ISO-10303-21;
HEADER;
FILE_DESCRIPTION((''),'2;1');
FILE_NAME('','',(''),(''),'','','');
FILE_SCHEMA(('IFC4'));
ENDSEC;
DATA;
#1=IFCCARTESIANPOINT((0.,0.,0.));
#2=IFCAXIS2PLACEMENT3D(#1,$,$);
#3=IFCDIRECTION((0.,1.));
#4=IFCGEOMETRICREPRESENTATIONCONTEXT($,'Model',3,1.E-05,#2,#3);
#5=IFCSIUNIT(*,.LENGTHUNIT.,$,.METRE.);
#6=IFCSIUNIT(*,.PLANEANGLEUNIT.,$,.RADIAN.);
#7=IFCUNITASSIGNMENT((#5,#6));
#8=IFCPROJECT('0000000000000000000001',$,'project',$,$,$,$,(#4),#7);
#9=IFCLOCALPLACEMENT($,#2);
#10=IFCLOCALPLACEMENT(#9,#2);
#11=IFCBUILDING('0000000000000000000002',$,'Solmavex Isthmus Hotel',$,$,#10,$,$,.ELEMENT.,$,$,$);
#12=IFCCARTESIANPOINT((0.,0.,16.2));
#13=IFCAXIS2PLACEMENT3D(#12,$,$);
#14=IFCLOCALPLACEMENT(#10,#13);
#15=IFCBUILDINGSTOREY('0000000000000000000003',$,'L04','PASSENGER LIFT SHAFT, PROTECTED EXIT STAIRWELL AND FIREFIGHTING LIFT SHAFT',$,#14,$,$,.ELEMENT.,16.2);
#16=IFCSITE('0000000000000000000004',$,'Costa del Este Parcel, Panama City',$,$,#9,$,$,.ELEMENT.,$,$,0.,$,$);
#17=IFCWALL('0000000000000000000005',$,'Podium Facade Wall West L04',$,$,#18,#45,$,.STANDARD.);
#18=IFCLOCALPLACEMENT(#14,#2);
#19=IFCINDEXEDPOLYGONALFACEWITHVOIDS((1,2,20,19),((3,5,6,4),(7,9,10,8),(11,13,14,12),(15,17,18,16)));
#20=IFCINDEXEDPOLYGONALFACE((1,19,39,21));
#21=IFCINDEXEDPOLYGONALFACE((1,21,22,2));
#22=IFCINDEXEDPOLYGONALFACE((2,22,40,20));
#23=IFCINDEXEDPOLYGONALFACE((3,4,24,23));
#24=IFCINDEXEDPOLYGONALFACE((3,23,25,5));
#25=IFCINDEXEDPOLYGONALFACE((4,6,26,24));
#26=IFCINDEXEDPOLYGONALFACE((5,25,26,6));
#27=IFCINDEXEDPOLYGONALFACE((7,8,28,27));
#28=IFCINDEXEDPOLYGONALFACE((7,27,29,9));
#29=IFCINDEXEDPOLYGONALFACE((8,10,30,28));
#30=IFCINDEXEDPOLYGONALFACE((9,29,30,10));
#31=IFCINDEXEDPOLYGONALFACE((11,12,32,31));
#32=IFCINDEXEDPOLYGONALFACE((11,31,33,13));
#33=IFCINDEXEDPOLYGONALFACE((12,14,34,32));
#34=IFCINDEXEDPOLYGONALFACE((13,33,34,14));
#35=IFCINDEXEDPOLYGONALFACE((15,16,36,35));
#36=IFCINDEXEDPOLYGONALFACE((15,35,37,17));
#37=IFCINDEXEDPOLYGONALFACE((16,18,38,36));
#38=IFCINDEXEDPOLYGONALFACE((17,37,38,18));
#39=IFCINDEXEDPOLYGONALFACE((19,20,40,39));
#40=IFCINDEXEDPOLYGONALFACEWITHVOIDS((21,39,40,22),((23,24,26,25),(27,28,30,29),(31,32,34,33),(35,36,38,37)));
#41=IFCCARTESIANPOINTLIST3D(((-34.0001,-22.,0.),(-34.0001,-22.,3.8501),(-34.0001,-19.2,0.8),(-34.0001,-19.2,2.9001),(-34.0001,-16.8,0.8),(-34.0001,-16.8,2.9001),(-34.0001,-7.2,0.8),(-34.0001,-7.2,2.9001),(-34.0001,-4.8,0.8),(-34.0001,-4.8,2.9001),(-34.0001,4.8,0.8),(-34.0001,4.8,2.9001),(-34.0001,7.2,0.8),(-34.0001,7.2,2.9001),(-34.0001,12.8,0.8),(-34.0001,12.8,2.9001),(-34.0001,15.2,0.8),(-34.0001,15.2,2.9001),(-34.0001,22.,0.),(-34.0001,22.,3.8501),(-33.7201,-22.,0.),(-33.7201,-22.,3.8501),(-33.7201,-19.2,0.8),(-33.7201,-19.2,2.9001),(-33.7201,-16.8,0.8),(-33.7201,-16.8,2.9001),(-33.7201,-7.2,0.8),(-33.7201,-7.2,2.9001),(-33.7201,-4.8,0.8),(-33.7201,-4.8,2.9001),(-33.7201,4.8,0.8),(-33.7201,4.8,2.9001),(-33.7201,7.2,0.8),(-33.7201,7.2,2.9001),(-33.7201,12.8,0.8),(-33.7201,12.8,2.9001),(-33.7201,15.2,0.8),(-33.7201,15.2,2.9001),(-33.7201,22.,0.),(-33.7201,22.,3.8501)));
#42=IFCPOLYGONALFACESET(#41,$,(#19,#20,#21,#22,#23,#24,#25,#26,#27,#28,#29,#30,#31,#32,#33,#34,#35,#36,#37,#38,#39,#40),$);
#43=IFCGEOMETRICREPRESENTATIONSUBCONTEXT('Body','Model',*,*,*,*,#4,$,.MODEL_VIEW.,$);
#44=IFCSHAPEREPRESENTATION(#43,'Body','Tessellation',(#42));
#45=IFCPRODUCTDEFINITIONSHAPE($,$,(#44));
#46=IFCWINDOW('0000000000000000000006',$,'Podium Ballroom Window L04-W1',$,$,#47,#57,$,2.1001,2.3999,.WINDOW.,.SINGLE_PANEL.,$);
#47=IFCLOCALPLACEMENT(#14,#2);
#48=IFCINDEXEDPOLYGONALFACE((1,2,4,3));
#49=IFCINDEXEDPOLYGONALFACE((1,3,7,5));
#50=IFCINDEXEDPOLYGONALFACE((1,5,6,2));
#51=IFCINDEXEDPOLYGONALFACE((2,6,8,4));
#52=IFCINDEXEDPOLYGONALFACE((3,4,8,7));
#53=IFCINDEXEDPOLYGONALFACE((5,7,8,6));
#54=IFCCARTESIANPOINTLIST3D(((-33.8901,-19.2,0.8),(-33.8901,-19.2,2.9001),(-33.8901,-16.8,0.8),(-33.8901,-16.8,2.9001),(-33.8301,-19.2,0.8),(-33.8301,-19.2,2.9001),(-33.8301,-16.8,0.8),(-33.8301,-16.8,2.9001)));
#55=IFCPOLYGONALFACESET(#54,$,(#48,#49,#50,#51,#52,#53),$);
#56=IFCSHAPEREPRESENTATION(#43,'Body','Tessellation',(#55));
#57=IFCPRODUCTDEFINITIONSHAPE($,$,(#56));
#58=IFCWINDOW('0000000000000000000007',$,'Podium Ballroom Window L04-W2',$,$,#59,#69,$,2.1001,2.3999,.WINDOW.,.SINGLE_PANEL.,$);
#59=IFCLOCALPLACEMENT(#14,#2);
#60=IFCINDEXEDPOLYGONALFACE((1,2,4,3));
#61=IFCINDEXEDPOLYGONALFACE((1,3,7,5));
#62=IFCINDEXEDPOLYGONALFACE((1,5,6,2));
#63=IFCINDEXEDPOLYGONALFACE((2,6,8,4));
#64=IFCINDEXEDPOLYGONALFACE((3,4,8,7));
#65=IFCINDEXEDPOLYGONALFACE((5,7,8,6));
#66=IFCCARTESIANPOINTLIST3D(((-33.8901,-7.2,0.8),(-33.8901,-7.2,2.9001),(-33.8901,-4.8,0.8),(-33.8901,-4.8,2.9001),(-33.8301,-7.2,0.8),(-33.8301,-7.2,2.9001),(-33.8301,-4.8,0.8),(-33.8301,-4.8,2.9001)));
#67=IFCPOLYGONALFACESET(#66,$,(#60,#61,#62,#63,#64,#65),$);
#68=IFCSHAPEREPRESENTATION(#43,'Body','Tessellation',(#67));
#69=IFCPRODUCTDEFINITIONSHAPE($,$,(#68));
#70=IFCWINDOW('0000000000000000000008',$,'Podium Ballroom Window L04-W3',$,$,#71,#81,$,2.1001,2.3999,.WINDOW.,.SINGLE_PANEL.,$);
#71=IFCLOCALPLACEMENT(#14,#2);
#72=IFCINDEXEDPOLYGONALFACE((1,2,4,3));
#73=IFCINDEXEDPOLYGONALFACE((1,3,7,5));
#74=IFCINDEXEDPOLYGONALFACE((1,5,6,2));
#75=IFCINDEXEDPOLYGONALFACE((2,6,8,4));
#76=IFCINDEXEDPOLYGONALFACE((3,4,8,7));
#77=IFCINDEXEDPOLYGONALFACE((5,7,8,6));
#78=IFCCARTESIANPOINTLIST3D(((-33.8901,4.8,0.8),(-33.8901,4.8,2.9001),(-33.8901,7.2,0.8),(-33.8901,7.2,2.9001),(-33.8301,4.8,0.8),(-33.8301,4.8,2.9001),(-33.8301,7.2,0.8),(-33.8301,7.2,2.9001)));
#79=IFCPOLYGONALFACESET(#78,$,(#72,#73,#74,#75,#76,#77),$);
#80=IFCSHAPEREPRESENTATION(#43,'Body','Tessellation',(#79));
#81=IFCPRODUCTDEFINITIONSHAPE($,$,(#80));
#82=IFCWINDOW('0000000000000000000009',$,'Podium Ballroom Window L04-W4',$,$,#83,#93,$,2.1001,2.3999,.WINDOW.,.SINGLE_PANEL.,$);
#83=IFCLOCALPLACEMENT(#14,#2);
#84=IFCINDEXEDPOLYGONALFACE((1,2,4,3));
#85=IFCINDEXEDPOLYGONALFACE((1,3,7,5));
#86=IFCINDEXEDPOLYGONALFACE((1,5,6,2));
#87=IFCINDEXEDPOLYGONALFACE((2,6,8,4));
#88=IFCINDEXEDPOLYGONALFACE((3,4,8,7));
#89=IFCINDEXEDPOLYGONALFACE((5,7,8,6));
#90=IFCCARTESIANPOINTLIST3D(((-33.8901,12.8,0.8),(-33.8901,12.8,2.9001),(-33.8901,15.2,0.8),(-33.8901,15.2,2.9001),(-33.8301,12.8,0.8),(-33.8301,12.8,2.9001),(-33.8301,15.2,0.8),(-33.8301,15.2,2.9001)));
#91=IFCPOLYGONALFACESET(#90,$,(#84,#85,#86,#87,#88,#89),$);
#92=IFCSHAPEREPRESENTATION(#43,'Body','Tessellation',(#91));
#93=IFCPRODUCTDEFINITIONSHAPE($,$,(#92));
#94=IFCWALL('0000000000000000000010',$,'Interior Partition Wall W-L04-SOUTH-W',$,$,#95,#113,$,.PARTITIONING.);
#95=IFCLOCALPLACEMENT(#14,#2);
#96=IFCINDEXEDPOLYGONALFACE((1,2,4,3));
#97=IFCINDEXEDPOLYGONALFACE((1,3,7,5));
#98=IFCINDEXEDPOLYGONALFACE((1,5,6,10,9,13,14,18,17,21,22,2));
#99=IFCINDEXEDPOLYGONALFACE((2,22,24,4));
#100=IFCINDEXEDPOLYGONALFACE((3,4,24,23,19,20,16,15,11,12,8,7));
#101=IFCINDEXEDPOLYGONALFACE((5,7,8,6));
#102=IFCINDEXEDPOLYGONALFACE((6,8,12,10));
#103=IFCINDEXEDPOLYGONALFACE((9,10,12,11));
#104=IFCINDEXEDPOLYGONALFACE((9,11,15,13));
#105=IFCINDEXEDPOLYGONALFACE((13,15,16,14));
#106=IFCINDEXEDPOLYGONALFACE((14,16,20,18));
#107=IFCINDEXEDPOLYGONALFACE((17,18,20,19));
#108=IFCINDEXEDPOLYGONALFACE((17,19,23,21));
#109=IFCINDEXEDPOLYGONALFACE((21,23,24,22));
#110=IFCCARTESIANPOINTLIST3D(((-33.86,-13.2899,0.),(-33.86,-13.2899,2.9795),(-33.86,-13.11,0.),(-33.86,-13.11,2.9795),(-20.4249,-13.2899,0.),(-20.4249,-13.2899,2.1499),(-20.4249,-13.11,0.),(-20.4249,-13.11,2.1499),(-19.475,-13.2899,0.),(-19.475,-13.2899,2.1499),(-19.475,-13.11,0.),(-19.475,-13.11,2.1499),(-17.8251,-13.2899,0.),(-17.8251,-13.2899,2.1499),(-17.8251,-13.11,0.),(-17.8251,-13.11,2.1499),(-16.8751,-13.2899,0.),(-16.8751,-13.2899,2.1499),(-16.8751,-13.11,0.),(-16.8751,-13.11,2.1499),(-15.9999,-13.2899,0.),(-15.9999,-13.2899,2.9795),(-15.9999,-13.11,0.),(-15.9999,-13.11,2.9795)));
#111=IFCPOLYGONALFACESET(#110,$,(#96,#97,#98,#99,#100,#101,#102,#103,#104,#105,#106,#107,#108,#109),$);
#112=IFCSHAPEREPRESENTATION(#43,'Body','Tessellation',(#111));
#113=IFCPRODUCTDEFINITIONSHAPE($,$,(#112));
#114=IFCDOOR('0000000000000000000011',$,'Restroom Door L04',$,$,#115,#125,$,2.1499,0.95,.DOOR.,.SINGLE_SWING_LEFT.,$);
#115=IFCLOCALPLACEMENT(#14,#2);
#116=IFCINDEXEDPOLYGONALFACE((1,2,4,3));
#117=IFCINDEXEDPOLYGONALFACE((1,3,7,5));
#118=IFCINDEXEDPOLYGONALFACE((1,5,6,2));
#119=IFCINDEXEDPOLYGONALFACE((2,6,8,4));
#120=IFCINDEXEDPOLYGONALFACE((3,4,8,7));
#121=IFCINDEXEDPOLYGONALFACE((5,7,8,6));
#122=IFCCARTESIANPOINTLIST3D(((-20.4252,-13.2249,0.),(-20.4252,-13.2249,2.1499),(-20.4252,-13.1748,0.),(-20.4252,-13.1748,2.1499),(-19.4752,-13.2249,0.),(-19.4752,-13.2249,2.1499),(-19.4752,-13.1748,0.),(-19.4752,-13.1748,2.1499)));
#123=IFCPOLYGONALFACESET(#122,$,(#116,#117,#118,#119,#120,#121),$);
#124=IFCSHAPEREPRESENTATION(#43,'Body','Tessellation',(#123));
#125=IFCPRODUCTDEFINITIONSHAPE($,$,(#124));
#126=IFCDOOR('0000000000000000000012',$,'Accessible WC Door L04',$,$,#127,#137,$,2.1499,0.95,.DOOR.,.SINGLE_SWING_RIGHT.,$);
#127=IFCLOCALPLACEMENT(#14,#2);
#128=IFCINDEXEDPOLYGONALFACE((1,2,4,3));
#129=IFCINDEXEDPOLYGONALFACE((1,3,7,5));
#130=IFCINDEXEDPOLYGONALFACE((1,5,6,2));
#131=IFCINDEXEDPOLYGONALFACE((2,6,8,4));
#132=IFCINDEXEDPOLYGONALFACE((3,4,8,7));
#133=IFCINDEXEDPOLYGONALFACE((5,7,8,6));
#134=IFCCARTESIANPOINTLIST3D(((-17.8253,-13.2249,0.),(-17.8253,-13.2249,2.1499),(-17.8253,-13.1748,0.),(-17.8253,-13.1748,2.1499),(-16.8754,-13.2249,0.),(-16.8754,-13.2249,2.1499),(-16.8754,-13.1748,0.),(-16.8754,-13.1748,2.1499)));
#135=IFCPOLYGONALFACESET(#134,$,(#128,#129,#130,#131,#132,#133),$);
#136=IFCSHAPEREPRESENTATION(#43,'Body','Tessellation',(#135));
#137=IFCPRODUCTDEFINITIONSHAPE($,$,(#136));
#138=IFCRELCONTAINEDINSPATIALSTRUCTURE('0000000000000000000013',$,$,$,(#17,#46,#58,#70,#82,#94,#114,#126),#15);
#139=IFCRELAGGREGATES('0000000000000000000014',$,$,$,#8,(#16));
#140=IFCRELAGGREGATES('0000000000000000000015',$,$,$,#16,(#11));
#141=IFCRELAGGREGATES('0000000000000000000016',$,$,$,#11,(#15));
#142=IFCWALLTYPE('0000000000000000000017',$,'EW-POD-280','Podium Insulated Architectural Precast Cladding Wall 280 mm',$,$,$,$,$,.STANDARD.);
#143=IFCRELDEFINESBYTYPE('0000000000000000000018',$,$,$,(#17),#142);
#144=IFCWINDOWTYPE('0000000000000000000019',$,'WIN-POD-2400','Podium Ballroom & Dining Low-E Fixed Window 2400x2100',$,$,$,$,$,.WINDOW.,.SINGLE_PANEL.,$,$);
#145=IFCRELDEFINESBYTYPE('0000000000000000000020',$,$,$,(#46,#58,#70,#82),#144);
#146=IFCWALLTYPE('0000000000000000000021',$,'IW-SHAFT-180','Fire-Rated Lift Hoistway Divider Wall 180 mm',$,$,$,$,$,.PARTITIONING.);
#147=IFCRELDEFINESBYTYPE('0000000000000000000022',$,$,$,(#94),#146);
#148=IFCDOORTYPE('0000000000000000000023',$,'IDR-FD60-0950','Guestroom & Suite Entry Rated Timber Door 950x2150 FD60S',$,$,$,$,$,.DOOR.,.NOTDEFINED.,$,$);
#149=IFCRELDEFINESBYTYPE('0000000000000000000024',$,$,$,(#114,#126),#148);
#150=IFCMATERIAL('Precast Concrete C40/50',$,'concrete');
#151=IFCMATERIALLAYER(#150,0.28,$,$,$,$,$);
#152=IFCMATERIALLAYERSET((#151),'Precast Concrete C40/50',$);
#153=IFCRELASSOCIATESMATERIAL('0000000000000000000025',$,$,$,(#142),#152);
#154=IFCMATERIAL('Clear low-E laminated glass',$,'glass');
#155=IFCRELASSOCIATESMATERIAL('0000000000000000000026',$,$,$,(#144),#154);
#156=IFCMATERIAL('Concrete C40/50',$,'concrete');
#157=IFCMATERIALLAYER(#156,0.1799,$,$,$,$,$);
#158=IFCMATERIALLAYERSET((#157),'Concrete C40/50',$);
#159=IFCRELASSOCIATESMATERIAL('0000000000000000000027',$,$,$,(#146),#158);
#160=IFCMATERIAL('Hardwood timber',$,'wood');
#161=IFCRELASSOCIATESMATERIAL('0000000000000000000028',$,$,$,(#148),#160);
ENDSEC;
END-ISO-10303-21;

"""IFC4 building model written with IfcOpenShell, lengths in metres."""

from ifc_helpers import new_model, si_unit, direction, frame, frame_2d, origin, place, context, subcontext, project, spatial, rectangle, extrude, material, layer, layer_set, type_object, element, fill, save


model = new_model("IFC4")

# Units and contexts
model_context = context("Model", 3, precision=1e-05, world=origin(), true_north=direction((0.0, 1.0)))
body_context = subcontext(model_context, "Body", "Model", "MODEL_VIEW")
ifc_project = project(units=[si_unit("LENGTHUNIT", "METRE"), si_unit("PLANEANGLEUNIT", "RADIAN")], contexts=[model_context])

# Site, building, storey
site_placement = place(None, origin())
site = spatial("IfcSite", under=ifc_project, at=site_placement, Name="Costa del Este Parcel, Panama City", CompositionType="ELEMENT", RefElevation=0.0)
building_placement = place(site_placement, origin())
building = spatial("IfcBuilding", under=site, at=building_placement, Name="Solmavex Isthmus Hotel", CompositionType="ELEMENT")
storey_placement = place(building_placement, frame((0.0, 0.0, 16.2)))
storey = spatial("IfcBuildingStorey", under=building, at=storey_placement, Name="L04", Description="PASSENGER LIFT SHAFT, PROTECTED EXIT STAIRWELL AND FIREFIGHTING LIFT SHAFT", CompositionType="ELEMENT", Elevation=16.2)

# Shared definitions
ifc_material_1 = material(Name="Precast Concrete C40/50", Category="concrete")
ifc_layer_1 = layer(ifc_material_1, 0.28)
ifc_layer_set_1 = layer_set([ifc_layer_1], Name="Precast Concrete C40/50")
wall_type_1 = type_object("IfcWallType", Name="EW-POD-280", Description="Podium Insulated Architectural Precast Cladding Wall 280 mm", PredefinedType="STANDARD", material=ifc_layer_set_1)

# Wall, openings, windows
wall_1_placement = place(storey_placement, frame((-33.8601, -22.0, 0.0), z_axis=(0.0, 0.0, 1.0), x_axis=(0.0, 1.0, 0.0)))
wall_1 = element("IfcWall", 1, at=wall_1_placement, inside=storey, type_object=wall_type_1, Name="Podium Facade Wall West L04", PredefinedType="STANDARD", context=body_context, shape_type="SweptSolid", body=[
    extrude(rectangle(XDim=44.0, YDim=0.28, at=frame_2d((22.0, 0.0))), origin(), (0.0, 0.0, 1.0), 3.8501),
])
opening_1_placement = place(wall_1_placement, frame((2.8, 0.0, 0.8)))
opening_1 = element("IfcOpeningElement", 2, at=opening_1_placement, cuts=wall_1, PredefinedType="OPENING", context=body_context, shape_type="SweptSolid", body=[
    extrude(rectangle(XDim=2.3999, YDim=2.1001, at=frame_2d((1.2, 1.05))), frame((0.0, 0.1499, 0.0), z_axis=(0.0, -1.0, 0.0), x_axis=(1.0, 0.0, 0.0)), (0.0, 0.0, 1.0), 0.3),
])
opening_2_placement = place(wall_1_placement, frame((14.8, 0.0, 0.8)))
opening_2 = element("IfcOpeningElement", 3, at=opening_2_placement, cuts=wall_1, PredefinedType="OPENING", context=body_context, shape_type="SweptSolid", body=[
    extrude(rectangle(XDim=2.3999, YDim=2.1001, at=frame_2d((1.2, 1.05))), frame((0.0, 0.1499, 0.0), z_axis=(0.0, -1.0, 0.0), x_axis=(1.0, 0.0, 0.0)), (0.0, 0.0, 1.0), 0.3),
])
opening_3_placement = place(wall_1_placement, frame((26.8, 0.0, 0.8)))
opening_3 = element("IfcOpeningElement", 4, at=opening_3_placement, cuts=wall_1, PredefinedType="OPENING", context=body_context, shape_type="SweptSolid", body=[
    extrude(rectangle(XDim=2.3999, YDim=2.1001, at=frame_2d((1.2, 1.05))), frame((0.0, 0.1499, 0.0), z_axis=(0.0, -1.0, 0.0), x_axis=(1.0, 0.0, 0.0)), (0.0, 0.0, 1.0), 0.3),
])
opening_4_placement = place(wall_1_placement, frame((34.8, 0.0, 0.8)))
opening_4 = element("IfcOpeningElement", 5, at=opening_4_placement, cuts=wall_1, PredefinedType="OPENING", context=body_context, shape_type="SweptSolid", body=[
    extrude(rectangle(XDim=2.3999, YDim=2.1001, at=frame_2d((1.2, 1.05))), frame((0.0, 0.1499, 0.0), z_axis=(0.0, -1.0, 0.0), x_axis=(1.0, 0.0, 0.0)), (0.0, 0.0, 1.0), 0.3),
])
ifc_material_2 = material(Name="Clear low-E laminated glass", Category="glass")
window_type = type_object("IfcWindowType", Name="WIN-POD-2400", Description="Podium Ballroom & Dining Low-E Fixed Window 2400x2100", PartitioningType="SINGLE_PANEL", PredefinedType="WINDOW", material=ifc_material_2)
window_1_placement = place(opening_1_placement, origin())
window_1 = element("IfcWindow", 6, at=window_1_placement, inside=storey, type_object=window_type, Name="Podium Ballroom Window L04-W1", OverallHeight=2.1001, OverallWidth=2.3999, PartitioningType="SINGLE_PANEL", PredefinedType="WINDOW", context=body_context, shape_type="SweptSolid", body=[
    extrude(rectangle(XDim=2.3999, YDim=2.1001, at=frame_2d((1.2, 1.05))), frame((0.0, 0.03, 0.0), z_axis=(0.0, -1.0, 0.0), x_axis=(1.0, 0.0, 0.0)), (0.0, 0.0, 1.0), 0.0601),
])
fill(opening_1, window_1)
window_2_placement = place(opening_2_placement, origin())
window_2 = element("IfcWindow", 7, at=window_2_placement, inside=storey, type_object=window_type, Name="Podium Ballroom Window L04-W2", OverallHeight=2.1001, OverallWidth=2.3999, PartitioningType="SINGLE_PANEL", PredefinedType="WINDOW", context=body_context, shape_type="SweptSolid", body=[
    extrude(rectangle(XDim=2.3999, YDim=2.1001, at=frame_2d((1.2, 1.05))), frame((0.0, 0.03, 0.0), z_axis=(0.0, -1.0, 0.0), x_axis=(1.0, 0.0, 0.0)), (0.0, 0.0, 1.0), 0.0601),
])
fill(opening_2, window_2)
window_3_placement = place(opening_3_placement, origin())
window_3 = element("IfcWindow", 8, at=window_3_placement, inside=storey, type_object=window_type, Name="Podium Ballroom Window L04-W3", OverallHeight=2.1001, OverallWidth=2.3999, PartitioningType="SINGLE_PANEL", PredefinedType="WINDOW", context=body_context, shape_type="SweptSolid", body=[
    extrude(rectangle(XDim=2.3999, YDim=2.1001, at=frame_2d((1.2, 1.05))), frame((0.0, 0.03, 0.0), z_axis=(0.0, -1.0, 0.0), x_axis=(1.0, 0.0, 0.0)), (0.0, 0.0, 1.0), 0.0601),
])
fill(opening_3, window_3)
window_4_placement = place(opening_4_placement, origin())
window_4 = element("IfcWindow", 9, at=window_4_placement, inside=storey, type_object=window_type, Name="Podium Ballroom Window L04-W4", OverallHeight=2.1001, OverallWidth=2.3999, PartitioningType="SINGLE_PANEL", PredefinedType="WINDOW", context=body_context, shape_type="SweptSolid", body=[
    extrude(rectangle(XDim=2.3999, YDim=2.1001, at=frame_2d((1.2, 1.05))), frame((0.0, 0.03, 0.0), z_axis=(0.0, -1.0, 0.0), x_axis=(1.0, 0.0, 0.0)), (0.0, 0.0, 1.0), 0.0601),
])
fill(opening_4, window_4)

# Wall, openings, doors
ifc_material_3 = material(Name="Concrete C40/50", Category="concrete")
ifc_layer_2 = layer(ifc_material_3, 0.1799)
ifc_layer_set_2 = layer_set([ifc_layer_2], Name="Concrete C40/50")
wall_type_2 = type_object("IfcWallType", Name="IW-SHAFT-180", Description="Fire-Rated Lift Hoistway Divider Wall 180 mm", PredefinedType="PARTITIONING", material=ifc_layer_set_2)
wall_2_placement = place(storey_placement, frame((-33.8601, -13.2, 0.0), z_axis=(0.0, 0.0, 1.0), x_axis=(1.0, 0.0, 0.0)))
wall_2 = element("IfcWall", 10, at=wall_2_placement, inside=storey, type_object=wall_type_2, Name="Interior Partition Wall W-L04-SOUTH-W", PredefinedType="PARTITIONING", context=body_context, shape_type="SweptSolid", body=[
    extrude(rectangle(XDim=17.8601, YDim=0.1799, at=frame_2d((8.9302, 0.0))), origin(), (0.0, 0.0, 1.0), 2.9795),
])
opening_5_placement = place(wall_2_placement, frame((13.4351, 0.0, 0.0)))
opening_5 = element("IfcOpeningElement", 11, at=opening_5_placement, cuts=wall_2, PredefinedType="OPENING", context=body_context, shape_type="SweptSolid", body=[
    extrude(rectangle(XDim=0.95, YDim=2.1499, at=frame_2d((0.4751, 1.075))), frame((0.0, 0.0999, 0.0), z_axis=(0.0, -1.0, 0.0), x_axis=(1.0, 0.0, 0.0)), (0.0, 0.0, 1.0), 0.2),
])
opening_6_placement = place(wall_2_placement, frame((16.0349, 0.0, 0.0)))
opening_6 = element("IfcOpeningElement", 12, at=opening_6_placement, cuts=wall_2, PredefinedType="OPENING", context=body_context, shape_type="SweptSolid", body=[
    extrude(rectangle(XDim=0.95, YDim=2.1499, at=frame_2d((0.4751, 1.075))), frame((0.0, 0.0999, 0.0), z_axis=(0.0, -1.0, 0.0), x_axis=(1.0, 0.0, 0.0)), (0.0, 0.0, 1.0), 0.2),
])
ifc_material_4 = material(Name="Hardwood timber", Category="wood")
door_type = type_object("IfcDoorType", Name="IDR-FD60-0950", Description="Guestroom & Suite Entry Rated Timber Door 950x2150 FD60S", OperationType="NOTDEFINED", PredefinedType="DOOR", material=ifc_material_4)
door_1_placement = place(opening_5_placement, frame((0.95, 0.0, 0.0), z_axis=(0.0, 0.0, 1.0), x_axis=(-1.0, 0.0, 0.0)))
door_1 = element("IfcDoor", 13, at=door_1_placement, inside=storey, type_object=door_type, Name="Restroom Door L04", OperationType="SINGLE_SWING_LEFT", OverallHeight=2.1499, OverallWidth=0.95, PredefinedType="DOOR", context=body_context, shape_type="SweptSolid", body=[
    extrude(rectangle(XDim=0.95, YDim=2.1499, at=frame_2d((0.4751, 1.075))), frame((0.0, 0.0249, 0.0), z_axis=(0.0, -1.0, 0.0), x_axis=(1.0, 0.0, 0.0)), (0.0, 0.0, 1.0), 0.05),
])
fill(opening_5, door_1)
door_2_placement = place(opening_6_placement, frame((0.95, 0.0, 0.0), z_axis=(0.0, 0.0, 1.0), x_axis=(-1.0, 0.0, 0.0)))
door_2 = element("IfcDoor", 14, at=door_2_placement, inside=storey, type_object=door_type, Name="Accessible WC Door L04", OperationType="SINGLE_SWING_RIGHT", OverallHeight=2.1499, OverallWidth=0.95, PredefinedType="DOOR", context=body_context, shape_type="SweptSolid", body=[
    extrude(rectangle(XDim=0.95, YDim=2.1499, at=frame_2d((0.4751, 1.075))), frame((0.0, 0.0249, 0.0), z_axis=(0.0, -1.0, 0.0), x_axis=(1.0, 0.0, 0.0)), (0.0, 0.0, 1.0), 0.05),
])
fill(opening_6, door_2)

save(model, "model.ifc")
